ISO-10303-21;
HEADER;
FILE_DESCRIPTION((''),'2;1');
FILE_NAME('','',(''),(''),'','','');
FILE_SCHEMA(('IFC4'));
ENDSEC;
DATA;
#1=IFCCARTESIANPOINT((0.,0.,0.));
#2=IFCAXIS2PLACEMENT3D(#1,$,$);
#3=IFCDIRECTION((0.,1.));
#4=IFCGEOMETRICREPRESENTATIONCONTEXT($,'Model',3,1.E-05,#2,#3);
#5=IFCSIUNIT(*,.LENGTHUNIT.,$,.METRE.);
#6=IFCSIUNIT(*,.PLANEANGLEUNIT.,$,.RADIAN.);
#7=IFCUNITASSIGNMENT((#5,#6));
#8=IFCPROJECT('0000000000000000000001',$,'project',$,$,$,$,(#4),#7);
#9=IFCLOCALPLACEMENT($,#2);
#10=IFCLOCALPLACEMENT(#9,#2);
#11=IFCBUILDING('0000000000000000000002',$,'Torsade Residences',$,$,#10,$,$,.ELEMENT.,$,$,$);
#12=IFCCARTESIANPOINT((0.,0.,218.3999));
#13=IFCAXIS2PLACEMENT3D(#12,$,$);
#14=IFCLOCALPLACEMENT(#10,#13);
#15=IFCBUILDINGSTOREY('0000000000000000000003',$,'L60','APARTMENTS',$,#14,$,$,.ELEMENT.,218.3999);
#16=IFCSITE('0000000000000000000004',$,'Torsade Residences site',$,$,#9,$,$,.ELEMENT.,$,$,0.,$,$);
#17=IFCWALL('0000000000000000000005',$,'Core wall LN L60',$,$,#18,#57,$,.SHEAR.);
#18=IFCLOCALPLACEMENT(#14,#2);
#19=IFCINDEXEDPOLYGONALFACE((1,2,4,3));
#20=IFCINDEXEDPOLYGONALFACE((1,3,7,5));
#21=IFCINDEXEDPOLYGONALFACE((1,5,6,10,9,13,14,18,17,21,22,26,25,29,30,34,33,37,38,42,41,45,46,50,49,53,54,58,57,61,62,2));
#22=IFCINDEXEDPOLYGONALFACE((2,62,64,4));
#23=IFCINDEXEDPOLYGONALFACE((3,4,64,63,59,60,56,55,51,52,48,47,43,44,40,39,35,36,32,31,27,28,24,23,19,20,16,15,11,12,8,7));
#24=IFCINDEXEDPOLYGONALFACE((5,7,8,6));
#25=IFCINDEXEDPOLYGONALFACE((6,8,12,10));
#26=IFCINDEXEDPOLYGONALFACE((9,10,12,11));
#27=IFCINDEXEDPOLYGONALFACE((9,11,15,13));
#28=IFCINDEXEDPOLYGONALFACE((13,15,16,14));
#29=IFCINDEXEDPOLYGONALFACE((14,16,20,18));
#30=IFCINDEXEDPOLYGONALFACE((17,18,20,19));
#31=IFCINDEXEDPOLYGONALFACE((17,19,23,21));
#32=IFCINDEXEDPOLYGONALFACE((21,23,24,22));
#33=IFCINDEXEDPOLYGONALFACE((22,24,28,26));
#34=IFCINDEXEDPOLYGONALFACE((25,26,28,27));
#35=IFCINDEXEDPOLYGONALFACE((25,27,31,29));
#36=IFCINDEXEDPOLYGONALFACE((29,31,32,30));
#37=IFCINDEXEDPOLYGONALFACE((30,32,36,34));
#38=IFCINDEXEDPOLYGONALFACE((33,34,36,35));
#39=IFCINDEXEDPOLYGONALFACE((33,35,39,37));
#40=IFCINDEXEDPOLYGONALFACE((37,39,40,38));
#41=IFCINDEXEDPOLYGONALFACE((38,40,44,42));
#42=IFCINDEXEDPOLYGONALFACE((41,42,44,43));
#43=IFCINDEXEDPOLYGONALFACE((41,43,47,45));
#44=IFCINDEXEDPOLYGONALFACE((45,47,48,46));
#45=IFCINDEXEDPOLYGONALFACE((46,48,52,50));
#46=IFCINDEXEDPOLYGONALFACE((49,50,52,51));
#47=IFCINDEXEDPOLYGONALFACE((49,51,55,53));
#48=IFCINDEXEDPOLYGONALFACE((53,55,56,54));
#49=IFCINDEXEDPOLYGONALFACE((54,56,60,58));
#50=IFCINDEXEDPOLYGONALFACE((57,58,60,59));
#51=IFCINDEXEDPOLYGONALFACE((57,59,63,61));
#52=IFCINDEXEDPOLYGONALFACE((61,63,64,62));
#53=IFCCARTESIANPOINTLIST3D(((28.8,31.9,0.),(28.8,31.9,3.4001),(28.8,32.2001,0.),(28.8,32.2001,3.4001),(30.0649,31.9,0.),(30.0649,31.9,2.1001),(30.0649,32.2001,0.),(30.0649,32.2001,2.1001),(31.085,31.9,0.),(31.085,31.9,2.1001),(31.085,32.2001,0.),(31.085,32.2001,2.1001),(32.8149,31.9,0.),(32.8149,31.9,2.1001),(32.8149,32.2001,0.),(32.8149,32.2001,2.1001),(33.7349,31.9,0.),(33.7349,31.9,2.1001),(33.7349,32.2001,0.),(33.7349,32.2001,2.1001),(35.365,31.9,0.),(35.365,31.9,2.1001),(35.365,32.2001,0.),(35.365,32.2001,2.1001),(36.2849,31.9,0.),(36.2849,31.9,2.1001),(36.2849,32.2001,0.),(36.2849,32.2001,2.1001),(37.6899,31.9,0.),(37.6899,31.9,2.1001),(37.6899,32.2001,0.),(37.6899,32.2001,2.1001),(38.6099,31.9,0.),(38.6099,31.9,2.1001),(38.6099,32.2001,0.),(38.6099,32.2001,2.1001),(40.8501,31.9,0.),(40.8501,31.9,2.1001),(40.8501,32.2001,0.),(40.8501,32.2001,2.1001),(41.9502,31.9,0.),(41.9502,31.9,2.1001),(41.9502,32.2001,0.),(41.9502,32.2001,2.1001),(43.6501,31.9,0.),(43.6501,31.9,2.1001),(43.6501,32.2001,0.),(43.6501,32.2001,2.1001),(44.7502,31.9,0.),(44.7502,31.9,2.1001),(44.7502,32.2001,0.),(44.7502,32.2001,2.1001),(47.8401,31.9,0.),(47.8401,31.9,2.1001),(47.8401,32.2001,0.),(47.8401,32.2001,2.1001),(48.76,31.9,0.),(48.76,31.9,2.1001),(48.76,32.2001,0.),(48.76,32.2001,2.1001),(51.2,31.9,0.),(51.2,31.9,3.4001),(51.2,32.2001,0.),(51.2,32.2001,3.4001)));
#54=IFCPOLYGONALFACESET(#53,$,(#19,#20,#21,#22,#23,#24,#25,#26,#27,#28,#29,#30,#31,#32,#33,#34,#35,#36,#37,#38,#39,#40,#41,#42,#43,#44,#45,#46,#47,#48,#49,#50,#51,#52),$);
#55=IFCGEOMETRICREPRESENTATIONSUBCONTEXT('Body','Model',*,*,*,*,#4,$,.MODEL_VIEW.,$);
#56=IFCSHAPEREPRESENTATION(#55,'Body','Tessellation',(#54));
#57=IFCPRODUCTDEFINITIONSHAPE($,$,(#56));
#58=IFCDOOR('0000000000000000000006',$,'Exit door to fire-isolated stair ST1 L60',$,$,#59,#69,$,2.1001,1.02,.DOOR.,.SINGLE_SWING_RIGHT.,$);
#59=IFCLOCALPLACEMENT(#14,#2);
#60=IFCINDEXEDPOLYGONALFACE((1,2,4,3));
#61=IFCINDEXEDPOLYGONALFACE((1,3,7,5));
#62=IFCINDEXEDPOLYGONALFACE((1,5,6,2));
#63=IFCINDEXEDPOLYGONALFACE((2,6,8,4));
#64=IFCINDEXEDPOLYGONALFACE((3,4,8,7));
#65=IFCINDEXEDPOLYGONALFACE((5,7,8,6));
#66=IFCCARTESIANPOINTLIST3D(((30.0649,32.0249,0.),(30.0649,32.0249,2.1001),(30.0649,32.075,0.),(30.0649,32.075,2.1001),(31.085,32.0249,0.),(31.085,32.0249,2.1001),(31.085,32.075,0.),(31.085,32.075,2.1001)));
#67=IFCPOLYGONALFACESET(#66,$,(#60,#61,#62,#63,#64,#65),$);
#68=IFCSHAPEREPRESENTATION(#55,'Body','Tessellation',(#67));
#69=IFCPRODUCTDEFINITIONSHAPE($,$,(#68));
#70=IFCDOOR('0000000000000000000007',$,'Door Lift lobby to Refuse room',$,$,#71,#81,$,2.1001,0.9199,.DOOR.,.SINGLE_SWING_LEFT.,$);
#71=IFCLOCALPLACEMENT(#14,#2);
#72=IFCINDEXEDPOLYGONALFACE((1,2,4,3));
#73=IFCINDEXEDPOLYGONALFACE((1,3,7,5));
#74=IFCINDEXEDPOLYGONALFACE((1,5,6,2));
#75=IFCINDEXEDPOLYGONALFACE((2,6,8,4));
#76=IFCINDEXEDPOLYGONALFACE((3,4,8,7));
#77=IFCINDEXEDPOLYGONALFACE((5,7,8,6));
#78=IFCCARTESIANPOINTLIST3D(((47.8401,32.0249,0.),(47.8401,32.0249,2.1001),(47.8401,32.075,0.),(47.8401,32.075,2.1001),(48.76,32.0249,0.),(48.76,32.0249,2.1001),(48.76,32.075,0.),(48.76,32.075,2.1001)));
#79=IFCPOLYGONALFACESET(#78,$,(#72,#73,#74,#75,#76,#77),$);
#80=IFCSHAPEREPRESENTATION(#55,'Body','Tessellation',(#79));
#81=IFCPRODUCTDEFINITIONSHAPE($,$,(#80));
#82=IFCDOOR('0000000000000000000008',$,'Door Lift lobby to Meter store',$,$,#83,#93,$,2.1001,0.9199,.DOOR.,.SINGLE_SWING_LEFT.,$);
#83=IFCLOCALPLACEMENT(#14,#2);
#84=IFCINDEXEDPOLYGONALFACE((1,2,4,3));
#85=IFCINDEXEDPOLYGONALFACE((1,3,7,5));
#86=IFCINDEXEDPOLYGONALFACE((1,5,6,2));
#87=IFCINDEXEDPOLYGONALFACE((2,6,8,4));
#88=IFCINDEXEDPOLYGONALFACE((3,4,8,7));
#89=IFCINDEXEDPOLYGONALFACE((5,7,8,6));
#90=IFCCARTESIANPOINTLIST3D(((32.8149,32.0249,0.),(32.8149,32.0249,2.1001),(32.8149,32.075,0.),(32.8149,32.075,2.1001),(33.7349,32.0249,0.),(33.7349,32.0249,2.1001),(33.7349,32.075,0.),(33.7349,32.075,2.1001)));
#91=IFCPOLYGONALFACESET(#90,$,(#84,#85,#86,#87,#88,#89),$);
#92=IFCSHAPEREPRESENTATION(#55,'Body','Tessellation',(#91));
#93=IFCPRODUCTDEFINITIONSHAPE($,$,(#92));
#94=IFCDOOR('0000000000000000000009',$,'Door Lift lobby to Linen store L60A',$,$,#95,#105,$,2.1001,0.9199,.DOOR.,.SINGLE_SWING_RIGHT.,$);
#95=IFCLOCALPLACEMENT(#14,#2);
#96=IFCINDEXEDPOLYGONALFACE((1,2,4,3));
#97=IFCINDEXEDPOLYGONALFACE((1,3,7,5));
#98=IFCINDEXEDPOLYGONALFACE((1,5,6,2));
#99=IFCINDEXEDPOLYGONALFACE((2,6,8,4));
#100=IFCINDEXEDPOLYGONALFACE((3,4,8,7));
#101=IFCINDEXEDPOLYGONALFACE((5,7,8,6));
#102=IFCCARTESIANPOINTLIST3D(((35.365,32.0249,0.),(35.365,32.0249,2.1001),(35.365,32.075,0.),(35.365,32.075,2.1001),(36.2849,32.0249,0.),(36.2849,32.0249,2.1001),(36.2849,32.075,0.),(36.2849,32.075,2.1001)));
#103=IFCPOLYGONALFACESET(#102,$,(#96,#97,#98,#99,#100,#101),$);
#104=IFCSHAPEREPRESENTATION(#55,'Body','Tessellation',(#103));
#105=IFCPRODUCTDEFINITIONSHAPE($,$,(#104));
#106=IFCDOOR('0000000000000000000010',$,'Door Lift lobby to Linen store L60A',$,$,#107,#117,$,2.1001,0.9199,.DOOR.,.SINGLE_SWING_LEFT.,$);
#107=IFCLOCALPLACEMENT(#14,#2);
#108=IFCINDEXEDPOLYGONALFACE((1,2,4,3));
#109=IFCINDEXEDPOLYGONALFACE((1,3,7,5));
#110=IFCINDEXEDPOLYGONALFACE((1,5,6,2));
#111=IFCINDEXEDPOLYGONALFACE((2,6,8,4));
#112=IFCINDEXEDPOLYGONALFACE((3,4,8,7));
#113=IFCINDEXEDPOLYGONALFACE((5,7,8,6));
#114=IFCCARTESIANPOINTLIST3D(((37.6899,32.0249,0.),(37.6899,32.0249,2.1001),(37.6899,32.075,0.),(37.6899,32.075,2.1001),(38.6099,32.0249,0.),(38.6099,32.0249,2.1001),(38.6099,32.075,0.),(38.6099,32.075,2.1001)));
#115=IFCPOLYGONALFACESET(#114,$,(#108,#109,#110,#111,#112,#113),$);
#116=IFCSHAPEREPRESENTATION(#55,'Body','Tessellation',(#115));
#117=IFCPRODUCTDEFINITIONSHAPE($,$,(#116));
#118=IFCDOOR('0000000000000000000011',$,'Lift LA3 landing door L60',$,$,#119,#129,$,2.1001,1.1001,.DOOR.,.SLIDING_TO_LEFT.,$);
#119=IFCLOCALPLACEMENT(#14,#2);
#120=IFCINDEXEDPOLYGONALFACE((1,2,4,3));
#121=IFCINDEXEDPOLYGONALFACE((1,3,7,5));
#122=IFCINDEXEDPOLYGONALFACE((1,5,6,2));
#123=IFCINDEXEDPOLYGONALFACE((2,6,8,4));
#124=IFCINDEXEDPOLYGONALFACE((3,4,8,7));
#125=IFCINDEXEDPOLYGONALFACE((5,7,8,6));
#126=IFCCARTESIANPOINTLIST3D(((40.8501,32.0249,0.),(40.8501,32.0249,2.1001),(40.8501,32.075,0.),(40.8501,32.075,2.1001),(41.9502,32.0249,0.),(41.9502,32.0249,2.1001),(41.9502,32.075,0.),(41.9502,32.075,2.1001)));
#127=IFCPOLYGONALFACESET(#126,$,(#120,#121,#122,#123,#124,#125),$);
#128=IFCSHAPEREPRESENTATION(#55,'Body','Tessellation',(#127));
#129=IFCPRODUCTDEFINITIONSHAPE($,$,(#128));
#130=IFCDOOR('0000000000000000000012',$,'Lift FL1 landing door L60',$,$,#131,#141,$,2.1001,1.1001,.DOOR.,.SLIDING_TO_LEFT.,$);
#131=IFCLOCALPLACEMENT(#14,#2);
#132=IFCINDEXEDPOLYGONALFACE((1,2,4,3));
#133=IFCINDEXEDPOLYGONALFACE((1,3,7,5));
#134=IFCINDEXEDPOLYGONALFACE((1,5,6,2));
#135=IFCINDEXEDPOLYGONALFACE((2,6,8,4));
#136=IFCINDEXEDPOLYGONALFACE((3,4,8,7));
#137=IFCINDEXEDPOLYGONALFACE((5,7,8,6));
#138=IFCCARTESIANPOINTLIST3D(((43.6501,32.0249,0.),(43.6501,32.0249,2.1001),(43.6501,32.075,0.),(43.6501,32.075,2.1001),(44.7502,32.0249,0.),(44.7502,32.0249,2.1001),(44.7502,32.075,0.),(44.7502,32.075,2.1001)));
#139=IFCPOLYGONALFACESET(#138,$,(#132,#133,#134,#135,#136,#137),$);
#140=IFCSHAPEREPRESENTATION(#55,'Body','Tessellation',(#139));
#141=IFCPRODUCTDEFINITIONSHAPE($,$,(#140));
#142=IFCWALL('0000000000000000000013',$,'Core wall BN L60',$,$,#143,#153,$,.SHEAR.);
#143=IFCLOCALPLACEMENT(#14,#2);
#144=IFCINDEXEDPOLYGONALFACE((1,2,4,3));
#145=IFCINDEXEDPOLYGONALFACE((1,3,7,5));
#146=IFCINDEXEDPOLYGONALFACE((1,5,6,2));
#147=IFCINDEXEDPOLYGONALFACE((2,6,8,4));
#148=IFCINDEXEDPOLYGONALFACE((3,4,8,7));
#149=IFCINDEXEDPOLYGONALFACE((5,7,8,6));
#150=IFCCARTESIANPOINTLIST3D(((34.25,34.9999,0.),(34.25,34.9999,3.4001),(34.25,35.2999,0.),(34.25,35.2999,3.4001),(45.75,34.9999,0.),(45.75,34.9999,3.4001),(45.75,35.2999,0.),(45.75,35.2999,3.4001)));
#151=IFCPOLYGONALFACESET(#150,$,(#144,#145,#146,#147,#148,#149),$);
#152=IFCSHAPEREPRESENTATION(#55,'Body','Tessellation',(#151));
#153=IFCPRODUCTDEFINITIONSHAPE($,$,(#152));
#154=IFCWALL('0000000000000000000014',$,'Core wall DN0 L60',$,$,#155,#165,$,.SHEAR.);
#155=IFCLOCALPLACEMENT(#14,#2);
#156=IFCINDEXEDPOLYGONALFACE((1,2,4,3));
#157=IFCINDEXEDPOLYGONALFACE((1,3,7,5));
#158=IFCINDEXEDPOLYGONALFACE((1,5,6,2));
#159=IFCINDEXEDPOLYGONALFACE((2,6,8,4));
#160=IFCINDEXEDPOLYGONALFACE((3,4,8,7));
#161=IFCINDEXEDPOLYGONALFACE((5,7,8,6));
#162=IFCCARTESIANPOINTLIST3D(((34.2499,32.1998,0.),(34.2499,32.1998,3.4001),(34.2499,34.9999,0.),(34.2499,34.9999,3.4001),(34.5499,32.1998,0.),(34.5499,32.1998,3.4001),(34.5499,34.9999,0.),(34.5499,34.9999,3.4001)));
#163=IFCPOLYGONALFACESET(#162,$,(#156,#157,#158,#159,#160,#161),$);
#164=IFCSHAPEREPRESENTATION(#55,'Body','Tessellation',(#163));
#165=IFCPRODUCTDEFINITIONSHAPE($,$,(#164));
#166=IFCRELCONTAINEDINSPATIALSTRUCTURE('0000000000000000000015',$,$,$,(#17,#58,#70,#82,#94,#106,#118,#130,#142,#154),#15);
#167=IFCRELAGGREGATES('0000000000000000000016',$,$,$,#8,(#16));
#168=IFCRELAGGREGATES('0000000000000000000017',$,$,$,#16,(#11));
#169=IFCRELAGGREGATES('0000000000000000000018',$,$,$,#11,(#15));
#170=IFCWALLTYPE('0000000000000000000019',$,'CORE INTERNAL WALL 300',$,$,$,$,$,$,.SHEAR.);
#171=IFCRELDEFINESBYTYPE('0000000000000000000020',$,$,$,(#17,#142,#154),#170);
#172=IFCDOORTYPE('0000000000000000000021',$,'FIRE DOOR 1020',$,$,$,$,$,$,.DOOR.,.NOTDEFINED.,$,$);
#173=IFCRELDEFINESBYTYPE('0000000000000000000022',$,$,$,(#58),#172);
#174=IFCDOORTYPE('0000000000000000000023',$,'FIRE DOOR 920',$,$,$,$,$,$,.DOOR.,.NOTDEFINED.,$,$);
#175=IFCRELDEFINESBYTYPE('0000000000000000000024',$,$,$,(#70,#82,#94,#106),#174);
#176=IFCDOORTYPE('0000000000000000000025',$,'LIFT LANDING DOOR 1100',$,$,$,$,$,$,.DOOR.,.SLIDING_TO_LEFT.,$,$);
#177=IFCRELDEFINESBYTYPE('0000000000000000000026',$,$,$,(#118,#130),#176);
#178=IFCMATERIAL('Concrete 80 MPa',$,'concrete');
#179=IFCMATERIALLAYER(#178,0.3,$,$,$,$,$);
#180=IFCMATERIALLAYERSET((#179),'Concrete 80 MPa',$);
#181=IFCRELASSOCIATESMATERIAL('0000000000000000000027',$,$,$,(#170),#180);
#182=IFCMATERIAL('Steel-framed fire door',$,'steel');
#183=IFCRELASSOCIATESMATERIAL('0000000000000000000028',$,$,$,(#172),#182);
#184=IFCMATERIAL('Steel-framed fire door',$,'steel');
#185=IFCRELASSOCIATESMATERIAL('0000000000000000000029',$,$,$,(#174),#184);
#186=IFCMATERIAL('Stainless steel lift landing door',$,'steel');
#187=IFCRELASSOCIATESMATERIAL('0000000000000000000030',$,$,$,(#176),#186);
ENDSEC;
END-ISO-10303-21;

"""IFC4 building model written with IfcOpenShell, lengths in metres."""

from ifc_helpers import new_model, si_unit, direction, frame, frame_2d, origin, place, context, subcontext, project, spatial, rectangle, extrude, material, layer, layer_set, type_object, element, fill, save


model = new_model("IFC4")

# Units and contexts
model_context = context("Model", 3, precision=1e-05, world=origin(), true_north=direction((0.0, 1.0)))
body_context = subcontext(model_context, "Body", "Model", "MODEL_VIEW")
ifc_project = project(units=[si_unit("LENGTHUNIT", "METRE"), si_unit("PLANEANGLEUNIT", "RADIAN")], contexts=[model_context])

# Site, building, storey
site_placement = place(None, origin())
site = spatial("IfcSite", under=ifc_project, at=site_placement, Name="Torsade Residences site", CompositionType="ELEMENT", RefElevation=0.0)
building_placement = place(site_placement, origin())
building = spatial("IfcBuilding", under=site, at=building_placement, Name="Torsade Residences", CompositionType="ELEMENT")
storey_placement = place(building_placement, frame((0.0, 0.0, 218.3999)))
storey = spatial("IfcBuildingStorey", under=building, at=storey_placement, Name="L60", Description="APARTMENTS", CompositionType="ELEMENT", Elevation=218.3999)

# Wall, openings, doors
ifc_material_1 = material(Name="Concrete 80 MPa", Category="concrete")
ifc_layer_1 = layer(ifc_material_1, 0.3)
ifc_layer_set_1 = layer_set([ifc_layer_1], Name="Concrete 80 MPa")
wall_type_1 = type_object("IfcWallType", Name="CORE INTERNAL WALL 300", PredefinedType="SHEAR", material=ifc_layer_set_1)
wall_1_placement = place(storey_placement, frame((28.8, 32.05, 0.0), z_axis=(0.0, 0.0, 1.0), x_axis=(1.0, 0.0, 0.0)))
wall_1 = element("IfcWall", 1, at=wall_1_placement, inside=storey, type_object=wall_type_1, Name="Core wall LN L60", PredefinedType="SHEAR", context=body_context, shape_type="SweptSolid", body=[
    extrude(rectangle(XDim=22.3999, YDim=0.3, at=frame_2d((11.2, 0.0))), origin(), (0.0, 0.0, 1.0), 3.4001),
])
opening_1_placement = place(wall_1_placement, frame((19.04, 0.0, 0.0)))
opening_1 = element("IfcOpeningElement", 2, at=opening_1_placement, cuts=wall_1, PredefinedType="OPENING", context=body_context, shape_type="SweptSolid", body=[
    extrude(rectangle(XDim=0.9199, YDim=2.1001, at=frame_2d((0.46, 1.05))), frame((0.0, 0.1599, 0.0), z_axis=(0.0, -1.0, 0.0), x_axis=(1.0, 0.0, 0.0)), (0.0, 0.0, 1.0), 0.3201),
])
opening_2_placement = place(wall_1_placement, frame((1.2649, 0.0, 0.0)))
opening_2 = element("IfcOpeningElement", 3, at=opening_2_placement, cuts=wall_1, PredefinedType="OPENING", context=body_context, shape_type="SweptSolid", body=[
    extrude(rectangle(XDim=1.02, YDim=2.1001, at=frame_2d((0.51, 1.05))), frame((0.0, 0.1599, 0.0), z_axis=(0.0, -1.0, 0.0), x_axis=(1.0, 0.0, 0.0)), (0.0, 0.0, 1.0), 0.3201),
])
opening_3_placement = place(wall_1_placement, frame((4.0149, 0.0, 0.0)))
opening_3 = element("IfcOpeningElement", 4, at=opening_3_placement, cuts=wall_1, PredefinedType="OPENING", context=body_context, shape_type="SweptSolid", body=[
    extrude(rectangle(XDim=0.9199, YDim=2.1001, at=frame_2d((0.46, 1.05))), frame((0.0, 0.1599, 0.0), z_axis=(0.0, -1.0, 0.0), x_axis=(1.0, 0.0, 0.0)), (0.0, 0.0, 1.0), 0.3201),
])
opening_4_placement = place(wall_1_placement, frame((6.5649, 0.0, 0.0)))
opening_4 = element("IfcOpeningElement", 5, at=opening_4_placement, cuts=wall_1, PredefinedType="OPENING", context=body_context, shape_type="SweptSolid", body=[
    extrude(rectangle(XDim=0.9199, YDim=2.1001, at=frame_2d((0.46, 1.05))), frame((0.0, 0.1599, 0.0), z_axis=(0.0, -1.0, 0.0), x_axis=(1.0, 0.0, 0.0)), (0.0, 0.0, 1.0), 0.3201),
])
opening_5_placement = place(wall_1_placement, frame((8.8899, 0.0, 0.0)))
opening_5 = element("IfcOpeningElement", 6, at=opening_5_placement, cuts=wall_1, PredefinedType="OPENING", context=body_context, shape_type="SweptSolid", body=[
    extrude(rectangle(XDim=0.9199, YDim=2.1001, at=frame_2d((0.46, 1.05))), frame((0.0, 0.1599, 0.0), z_axis=(0.0, -1.0, 0.0), x_axis=(1.0, 0.0, 0.0)), (0.0, 0.0, 1.0), 0.3201),
])
opening_6_placement = place(wall_1_placement, frame((12.05, 0.0, 0.0)))
opening_6 = element("IfcOpeningElement", 7, at=opening_6_placement, cuts=wall_1, PredefinedType="OPENING", context=body_context, shape_type="SweptSolid", body=[
    extrude(rectangle(XDim=1.1001, YDim=2.1001, at=frame_2d((0.55, 1.05))), frame((0.0, 0.1599, 0.0), z_axis=(0.0, -1.0, 0.0), x_axis=(1.0, 0.0, 0.0)), (0.0, 0.0, 1.0), 0.3201),
])
opening_7_placement = place(wall_1_placement, frame((14.8501, 0.0, 0.0)))
opening_7 = element("IfcOpeningElement", 8, at=opening_7_placement, cuts=wall_1, PredefinedType="OPENING", context=body_context, shape_type="SweptSolid", body=[
    extrude(rectangle(XDim=1.1001, YDim=2.1001, at=frame_2d((0.55, 1.05))), frame((0.0, 0.1599, 0.0), z_axis=(0.0, -1.0, 0.0), x_axis=(1.0, 0.0, 0.0)), (0.0, 0.0, 1.0), 0.3201),
])
ifc_material_2 = material(Name="Steel-framed fire door", Category="steel")
door_type_1 = type_object("IfcDoorType", Name="FIRE DOOR 1020", OperationType="NOTDEFINED", PredefinedType="DOOR", material=ifc_material_2)
door_1_placement = place(opening_2_placement, origin())
door_1 = element("IfcDoor", 9, at=door_1_placement, inside=storey, type_object=door_type_1, Name="Exit door to fire-isolated stair ST1 L60", OperationType="SINGLE_SWING_RIGHT", OverallHeight=2.1001, OverallWidth=1.02, PredefinedType="DOOR", context=body_context, shape_type="SweptSolid", body=[
    extrude(rectangle(XDim=1.02, YDim=2.1001, at=frame_2d((0.51, 1.05))), frame((0.0, 0.0249, 0.0), z_axis=(0.0, -1.0, 0.0), x_axis=(1.0, 0.0, 0.0)), (0.0, 0.0, 1.0), 0.05),
])
fill(opening_2, door_1)
ifc_material_3 = material(Name="Steel-framed fire door", Category="steel")
door_type_2 = type_object("IfcDoorType", Name="FIRE DOOR 920", OperationType="NOTDEFINED", PredefinedType="DOOR", material=ifc_material_3)
door_2_placement = place(opening_1_placement, origin())
door_2 = element("IfcDoor", 10, at=door_2_placement, inside=storey, type_object=door_type_2, Name="Door Lift lobby to Refuse room", OperationType="SINGLE_SWING_LEFT", OverallHeight=2.1001, OverallWidth=0.9199, PredefinedType="DOOR", context=body_context, shape_type="SweptSolid", body=[
    extrude(rectangle(XDim=0.9199, YDim=2.1001, at=frame_2d((0.46, 1.05))), frame((0.0, 0.0249, 0.0), z_axis=(0.0, -1.0, 0.0), x_axis=(1.0, 0.0, 0.0)), (0.0, 0.0, 1.0), 0.05),
])
fill(opening_1, door_2)
door_3_placement = place(opening_3_placement, origin())
door_3 = element("IfcDoor", 11, at=door_3_placement, inside=storey, type_object=door_type_2, Name="Door Lift lobby to Meter store", OperationType="SINGLE_SWING_LEFT", OverallHeight=2.1001, OverallWidth=0.9199, PredefinedType="DOOR", context=body_context, shape_type="SweptSolid", body=[
    extrude(rectangle(XDim=0.9199, YDim=2.1001, at=frame_2d((0.46, 1.05))), frame((0.0, 0.0249, 0.0), z_axis=(0.0, -1.0, 0.0), x_axis=(1.0, 0.0, 0.0)), (0.0, 0.0, 1.0), 0.05),
])
fill(opening_3, door_3)
door_4_placement = place(opening_4_placement, origin())
door_4 = element("IfcDoor", 12, at=door_4_placement, inside=storey, type_object=door_type_2, Name="Door Lift lobby to Linen store L60A", OperationType="SINGLE_SWING_RIGHT", OverallHeight=2.1001, OverallWidth=0.9199, PredefinedType="DOOR", context=body_context, shape_type="SweptSolid", body=[
    extrude(rectangle(XDim=0.9199, YDim=2.1001, at=frame_2d((0.46, 1.05))), frame((0.0, 0.0249, 0.0), z_axis=(0.0, -1.0, 0.0), x_axis=(1.0, 0.0, 0.0)), (0.0, 0.0, 1.0), 0.05),
])
fill(opening_4, door_4)
door_5_placement = place(opening_5_placement, origin())
door_5 = element("IfcDoor", 13, at=door_5_placement, inside=storey, type_object=door_type_2, Name="Door Lift lobby to Linen store L60A", OperationType="SINGLE_SWING_LEFT", OverallHeight=2.1001, OverallWidth=0.9199, PredefinedType="DOOR", context=body_context, shape_type="SweptSolid", body=[
    extrude(rectangle(XDim=0.9199, YDim=2.1001, at=frame_2d((0.46, 1.05))), frame((0.0, 0.0249, 0.0), z_axis=(0.0, -1.0, 0.0), x_axis=(1.0, 0.0, 0.0)), (0.0, 0.0, 1.0), 0.05),
])
fill(opening_5, door_5)
ifc_material_4 = material(Name="Stainless steel lift landing door", Category="steel")
door_type_3 = type_object("IfcDoorType", Name="LIFT LANDING DOOR 1100", OperationType="SLIDING_TO_LEFT", PredefinedType="DOOR", material=ifc_material_4)
door_6_placement = place(opening_6_placement, origin())
door_6 = element("IfcDoor", 14, at=door_6_placement, inside=storey, type_object=door_type_3, Name="Lift LA3 landing door L60", OperationType="SLIDING_TO_LEFT", OverallHeight=2.1001, OverallWidth=1.1001, PredefinedType="DOOR", context=body_context, shape_type="SweptSolid", body=[
    extrude(rectangle(XDim=1.1001, YDim=2.1001, at=frame_2d((0.55, 1.05))), frame((0.0, 0.0249, 0.0), z_axis=(0.0, -1.0, 0.0), x_axis=(1.0, 0.0, 0.0)), (0.0, 0.0, 1.0), 0.05),
])
fill(opening_6, door_6)
door_7_placement = place(opening_7_placement, origin())
door_7 = element("IfcDoor", 15, at=door_7_placement, inside=storey, type_object=door_type_3, Name="Lift FL1 landing door L60", OperationType="SLIDING_TO_LEFT", OverallHeight=2.1001, OverallWidth=1.1001, PredefinedType="DOOR", context=body_context, shape_type="SweptSolid", body=[
    extrude(rectangle(XDim=1.1001, YDim=2.1001, at=frame_2d((0.55, 1.05))), frame((0.0, 0.0249, 0.0), z_axis=(0.0, -1.0, 0.0), x_axis=(1.0, 0.0, 0.0)), (0.0, 0.0, 1.0), 0.05),
])
fill(opening_7, door_7)

# Walls
wall_2_placement = place(storey_placement, frame((34.25, 35.1499, 0.0), z_axis=(0.0, 0.0, 1.0), x_axis=(1.0, 0.0, 0.0)))
element("IfcWall", 16, at=wall_2_placement, inside=storey, type_object=wall_type_1, Name="Core wall BN L60", PredefinedType="SHEAR", context=body_context, shape_type="SweptSolid", body=[
    extrude(rectangle(XDim=11.5, YDim=0.3, at=frame_2d((5.75, 0.0))), origin(), (0.0, 0.0, 1.0), 3.4001),
])
wall_3_placement = place(storey_placement, frame((34.3999, 32.2, 0.0), z_axis=(0.0, 0.0, 1.0), x_axis=(0.0, 1.0, 0.0)))
element("IfcWall", 17, at=wall_3_placement, inside=storey, type_object=wall_type_1, Name="Core wall DN0 L60", PredefinedType="SHEAR", context=body_context, shape_type="SweptSolid", body=[
    extrude(rectangle(XDim=2.8, YDim=0.3, at=frame_2d((1.3999, 0.0))), origin(), (0.0, 0.0, 1.0), 3.4001),
])

save(model, "model.ifc")
